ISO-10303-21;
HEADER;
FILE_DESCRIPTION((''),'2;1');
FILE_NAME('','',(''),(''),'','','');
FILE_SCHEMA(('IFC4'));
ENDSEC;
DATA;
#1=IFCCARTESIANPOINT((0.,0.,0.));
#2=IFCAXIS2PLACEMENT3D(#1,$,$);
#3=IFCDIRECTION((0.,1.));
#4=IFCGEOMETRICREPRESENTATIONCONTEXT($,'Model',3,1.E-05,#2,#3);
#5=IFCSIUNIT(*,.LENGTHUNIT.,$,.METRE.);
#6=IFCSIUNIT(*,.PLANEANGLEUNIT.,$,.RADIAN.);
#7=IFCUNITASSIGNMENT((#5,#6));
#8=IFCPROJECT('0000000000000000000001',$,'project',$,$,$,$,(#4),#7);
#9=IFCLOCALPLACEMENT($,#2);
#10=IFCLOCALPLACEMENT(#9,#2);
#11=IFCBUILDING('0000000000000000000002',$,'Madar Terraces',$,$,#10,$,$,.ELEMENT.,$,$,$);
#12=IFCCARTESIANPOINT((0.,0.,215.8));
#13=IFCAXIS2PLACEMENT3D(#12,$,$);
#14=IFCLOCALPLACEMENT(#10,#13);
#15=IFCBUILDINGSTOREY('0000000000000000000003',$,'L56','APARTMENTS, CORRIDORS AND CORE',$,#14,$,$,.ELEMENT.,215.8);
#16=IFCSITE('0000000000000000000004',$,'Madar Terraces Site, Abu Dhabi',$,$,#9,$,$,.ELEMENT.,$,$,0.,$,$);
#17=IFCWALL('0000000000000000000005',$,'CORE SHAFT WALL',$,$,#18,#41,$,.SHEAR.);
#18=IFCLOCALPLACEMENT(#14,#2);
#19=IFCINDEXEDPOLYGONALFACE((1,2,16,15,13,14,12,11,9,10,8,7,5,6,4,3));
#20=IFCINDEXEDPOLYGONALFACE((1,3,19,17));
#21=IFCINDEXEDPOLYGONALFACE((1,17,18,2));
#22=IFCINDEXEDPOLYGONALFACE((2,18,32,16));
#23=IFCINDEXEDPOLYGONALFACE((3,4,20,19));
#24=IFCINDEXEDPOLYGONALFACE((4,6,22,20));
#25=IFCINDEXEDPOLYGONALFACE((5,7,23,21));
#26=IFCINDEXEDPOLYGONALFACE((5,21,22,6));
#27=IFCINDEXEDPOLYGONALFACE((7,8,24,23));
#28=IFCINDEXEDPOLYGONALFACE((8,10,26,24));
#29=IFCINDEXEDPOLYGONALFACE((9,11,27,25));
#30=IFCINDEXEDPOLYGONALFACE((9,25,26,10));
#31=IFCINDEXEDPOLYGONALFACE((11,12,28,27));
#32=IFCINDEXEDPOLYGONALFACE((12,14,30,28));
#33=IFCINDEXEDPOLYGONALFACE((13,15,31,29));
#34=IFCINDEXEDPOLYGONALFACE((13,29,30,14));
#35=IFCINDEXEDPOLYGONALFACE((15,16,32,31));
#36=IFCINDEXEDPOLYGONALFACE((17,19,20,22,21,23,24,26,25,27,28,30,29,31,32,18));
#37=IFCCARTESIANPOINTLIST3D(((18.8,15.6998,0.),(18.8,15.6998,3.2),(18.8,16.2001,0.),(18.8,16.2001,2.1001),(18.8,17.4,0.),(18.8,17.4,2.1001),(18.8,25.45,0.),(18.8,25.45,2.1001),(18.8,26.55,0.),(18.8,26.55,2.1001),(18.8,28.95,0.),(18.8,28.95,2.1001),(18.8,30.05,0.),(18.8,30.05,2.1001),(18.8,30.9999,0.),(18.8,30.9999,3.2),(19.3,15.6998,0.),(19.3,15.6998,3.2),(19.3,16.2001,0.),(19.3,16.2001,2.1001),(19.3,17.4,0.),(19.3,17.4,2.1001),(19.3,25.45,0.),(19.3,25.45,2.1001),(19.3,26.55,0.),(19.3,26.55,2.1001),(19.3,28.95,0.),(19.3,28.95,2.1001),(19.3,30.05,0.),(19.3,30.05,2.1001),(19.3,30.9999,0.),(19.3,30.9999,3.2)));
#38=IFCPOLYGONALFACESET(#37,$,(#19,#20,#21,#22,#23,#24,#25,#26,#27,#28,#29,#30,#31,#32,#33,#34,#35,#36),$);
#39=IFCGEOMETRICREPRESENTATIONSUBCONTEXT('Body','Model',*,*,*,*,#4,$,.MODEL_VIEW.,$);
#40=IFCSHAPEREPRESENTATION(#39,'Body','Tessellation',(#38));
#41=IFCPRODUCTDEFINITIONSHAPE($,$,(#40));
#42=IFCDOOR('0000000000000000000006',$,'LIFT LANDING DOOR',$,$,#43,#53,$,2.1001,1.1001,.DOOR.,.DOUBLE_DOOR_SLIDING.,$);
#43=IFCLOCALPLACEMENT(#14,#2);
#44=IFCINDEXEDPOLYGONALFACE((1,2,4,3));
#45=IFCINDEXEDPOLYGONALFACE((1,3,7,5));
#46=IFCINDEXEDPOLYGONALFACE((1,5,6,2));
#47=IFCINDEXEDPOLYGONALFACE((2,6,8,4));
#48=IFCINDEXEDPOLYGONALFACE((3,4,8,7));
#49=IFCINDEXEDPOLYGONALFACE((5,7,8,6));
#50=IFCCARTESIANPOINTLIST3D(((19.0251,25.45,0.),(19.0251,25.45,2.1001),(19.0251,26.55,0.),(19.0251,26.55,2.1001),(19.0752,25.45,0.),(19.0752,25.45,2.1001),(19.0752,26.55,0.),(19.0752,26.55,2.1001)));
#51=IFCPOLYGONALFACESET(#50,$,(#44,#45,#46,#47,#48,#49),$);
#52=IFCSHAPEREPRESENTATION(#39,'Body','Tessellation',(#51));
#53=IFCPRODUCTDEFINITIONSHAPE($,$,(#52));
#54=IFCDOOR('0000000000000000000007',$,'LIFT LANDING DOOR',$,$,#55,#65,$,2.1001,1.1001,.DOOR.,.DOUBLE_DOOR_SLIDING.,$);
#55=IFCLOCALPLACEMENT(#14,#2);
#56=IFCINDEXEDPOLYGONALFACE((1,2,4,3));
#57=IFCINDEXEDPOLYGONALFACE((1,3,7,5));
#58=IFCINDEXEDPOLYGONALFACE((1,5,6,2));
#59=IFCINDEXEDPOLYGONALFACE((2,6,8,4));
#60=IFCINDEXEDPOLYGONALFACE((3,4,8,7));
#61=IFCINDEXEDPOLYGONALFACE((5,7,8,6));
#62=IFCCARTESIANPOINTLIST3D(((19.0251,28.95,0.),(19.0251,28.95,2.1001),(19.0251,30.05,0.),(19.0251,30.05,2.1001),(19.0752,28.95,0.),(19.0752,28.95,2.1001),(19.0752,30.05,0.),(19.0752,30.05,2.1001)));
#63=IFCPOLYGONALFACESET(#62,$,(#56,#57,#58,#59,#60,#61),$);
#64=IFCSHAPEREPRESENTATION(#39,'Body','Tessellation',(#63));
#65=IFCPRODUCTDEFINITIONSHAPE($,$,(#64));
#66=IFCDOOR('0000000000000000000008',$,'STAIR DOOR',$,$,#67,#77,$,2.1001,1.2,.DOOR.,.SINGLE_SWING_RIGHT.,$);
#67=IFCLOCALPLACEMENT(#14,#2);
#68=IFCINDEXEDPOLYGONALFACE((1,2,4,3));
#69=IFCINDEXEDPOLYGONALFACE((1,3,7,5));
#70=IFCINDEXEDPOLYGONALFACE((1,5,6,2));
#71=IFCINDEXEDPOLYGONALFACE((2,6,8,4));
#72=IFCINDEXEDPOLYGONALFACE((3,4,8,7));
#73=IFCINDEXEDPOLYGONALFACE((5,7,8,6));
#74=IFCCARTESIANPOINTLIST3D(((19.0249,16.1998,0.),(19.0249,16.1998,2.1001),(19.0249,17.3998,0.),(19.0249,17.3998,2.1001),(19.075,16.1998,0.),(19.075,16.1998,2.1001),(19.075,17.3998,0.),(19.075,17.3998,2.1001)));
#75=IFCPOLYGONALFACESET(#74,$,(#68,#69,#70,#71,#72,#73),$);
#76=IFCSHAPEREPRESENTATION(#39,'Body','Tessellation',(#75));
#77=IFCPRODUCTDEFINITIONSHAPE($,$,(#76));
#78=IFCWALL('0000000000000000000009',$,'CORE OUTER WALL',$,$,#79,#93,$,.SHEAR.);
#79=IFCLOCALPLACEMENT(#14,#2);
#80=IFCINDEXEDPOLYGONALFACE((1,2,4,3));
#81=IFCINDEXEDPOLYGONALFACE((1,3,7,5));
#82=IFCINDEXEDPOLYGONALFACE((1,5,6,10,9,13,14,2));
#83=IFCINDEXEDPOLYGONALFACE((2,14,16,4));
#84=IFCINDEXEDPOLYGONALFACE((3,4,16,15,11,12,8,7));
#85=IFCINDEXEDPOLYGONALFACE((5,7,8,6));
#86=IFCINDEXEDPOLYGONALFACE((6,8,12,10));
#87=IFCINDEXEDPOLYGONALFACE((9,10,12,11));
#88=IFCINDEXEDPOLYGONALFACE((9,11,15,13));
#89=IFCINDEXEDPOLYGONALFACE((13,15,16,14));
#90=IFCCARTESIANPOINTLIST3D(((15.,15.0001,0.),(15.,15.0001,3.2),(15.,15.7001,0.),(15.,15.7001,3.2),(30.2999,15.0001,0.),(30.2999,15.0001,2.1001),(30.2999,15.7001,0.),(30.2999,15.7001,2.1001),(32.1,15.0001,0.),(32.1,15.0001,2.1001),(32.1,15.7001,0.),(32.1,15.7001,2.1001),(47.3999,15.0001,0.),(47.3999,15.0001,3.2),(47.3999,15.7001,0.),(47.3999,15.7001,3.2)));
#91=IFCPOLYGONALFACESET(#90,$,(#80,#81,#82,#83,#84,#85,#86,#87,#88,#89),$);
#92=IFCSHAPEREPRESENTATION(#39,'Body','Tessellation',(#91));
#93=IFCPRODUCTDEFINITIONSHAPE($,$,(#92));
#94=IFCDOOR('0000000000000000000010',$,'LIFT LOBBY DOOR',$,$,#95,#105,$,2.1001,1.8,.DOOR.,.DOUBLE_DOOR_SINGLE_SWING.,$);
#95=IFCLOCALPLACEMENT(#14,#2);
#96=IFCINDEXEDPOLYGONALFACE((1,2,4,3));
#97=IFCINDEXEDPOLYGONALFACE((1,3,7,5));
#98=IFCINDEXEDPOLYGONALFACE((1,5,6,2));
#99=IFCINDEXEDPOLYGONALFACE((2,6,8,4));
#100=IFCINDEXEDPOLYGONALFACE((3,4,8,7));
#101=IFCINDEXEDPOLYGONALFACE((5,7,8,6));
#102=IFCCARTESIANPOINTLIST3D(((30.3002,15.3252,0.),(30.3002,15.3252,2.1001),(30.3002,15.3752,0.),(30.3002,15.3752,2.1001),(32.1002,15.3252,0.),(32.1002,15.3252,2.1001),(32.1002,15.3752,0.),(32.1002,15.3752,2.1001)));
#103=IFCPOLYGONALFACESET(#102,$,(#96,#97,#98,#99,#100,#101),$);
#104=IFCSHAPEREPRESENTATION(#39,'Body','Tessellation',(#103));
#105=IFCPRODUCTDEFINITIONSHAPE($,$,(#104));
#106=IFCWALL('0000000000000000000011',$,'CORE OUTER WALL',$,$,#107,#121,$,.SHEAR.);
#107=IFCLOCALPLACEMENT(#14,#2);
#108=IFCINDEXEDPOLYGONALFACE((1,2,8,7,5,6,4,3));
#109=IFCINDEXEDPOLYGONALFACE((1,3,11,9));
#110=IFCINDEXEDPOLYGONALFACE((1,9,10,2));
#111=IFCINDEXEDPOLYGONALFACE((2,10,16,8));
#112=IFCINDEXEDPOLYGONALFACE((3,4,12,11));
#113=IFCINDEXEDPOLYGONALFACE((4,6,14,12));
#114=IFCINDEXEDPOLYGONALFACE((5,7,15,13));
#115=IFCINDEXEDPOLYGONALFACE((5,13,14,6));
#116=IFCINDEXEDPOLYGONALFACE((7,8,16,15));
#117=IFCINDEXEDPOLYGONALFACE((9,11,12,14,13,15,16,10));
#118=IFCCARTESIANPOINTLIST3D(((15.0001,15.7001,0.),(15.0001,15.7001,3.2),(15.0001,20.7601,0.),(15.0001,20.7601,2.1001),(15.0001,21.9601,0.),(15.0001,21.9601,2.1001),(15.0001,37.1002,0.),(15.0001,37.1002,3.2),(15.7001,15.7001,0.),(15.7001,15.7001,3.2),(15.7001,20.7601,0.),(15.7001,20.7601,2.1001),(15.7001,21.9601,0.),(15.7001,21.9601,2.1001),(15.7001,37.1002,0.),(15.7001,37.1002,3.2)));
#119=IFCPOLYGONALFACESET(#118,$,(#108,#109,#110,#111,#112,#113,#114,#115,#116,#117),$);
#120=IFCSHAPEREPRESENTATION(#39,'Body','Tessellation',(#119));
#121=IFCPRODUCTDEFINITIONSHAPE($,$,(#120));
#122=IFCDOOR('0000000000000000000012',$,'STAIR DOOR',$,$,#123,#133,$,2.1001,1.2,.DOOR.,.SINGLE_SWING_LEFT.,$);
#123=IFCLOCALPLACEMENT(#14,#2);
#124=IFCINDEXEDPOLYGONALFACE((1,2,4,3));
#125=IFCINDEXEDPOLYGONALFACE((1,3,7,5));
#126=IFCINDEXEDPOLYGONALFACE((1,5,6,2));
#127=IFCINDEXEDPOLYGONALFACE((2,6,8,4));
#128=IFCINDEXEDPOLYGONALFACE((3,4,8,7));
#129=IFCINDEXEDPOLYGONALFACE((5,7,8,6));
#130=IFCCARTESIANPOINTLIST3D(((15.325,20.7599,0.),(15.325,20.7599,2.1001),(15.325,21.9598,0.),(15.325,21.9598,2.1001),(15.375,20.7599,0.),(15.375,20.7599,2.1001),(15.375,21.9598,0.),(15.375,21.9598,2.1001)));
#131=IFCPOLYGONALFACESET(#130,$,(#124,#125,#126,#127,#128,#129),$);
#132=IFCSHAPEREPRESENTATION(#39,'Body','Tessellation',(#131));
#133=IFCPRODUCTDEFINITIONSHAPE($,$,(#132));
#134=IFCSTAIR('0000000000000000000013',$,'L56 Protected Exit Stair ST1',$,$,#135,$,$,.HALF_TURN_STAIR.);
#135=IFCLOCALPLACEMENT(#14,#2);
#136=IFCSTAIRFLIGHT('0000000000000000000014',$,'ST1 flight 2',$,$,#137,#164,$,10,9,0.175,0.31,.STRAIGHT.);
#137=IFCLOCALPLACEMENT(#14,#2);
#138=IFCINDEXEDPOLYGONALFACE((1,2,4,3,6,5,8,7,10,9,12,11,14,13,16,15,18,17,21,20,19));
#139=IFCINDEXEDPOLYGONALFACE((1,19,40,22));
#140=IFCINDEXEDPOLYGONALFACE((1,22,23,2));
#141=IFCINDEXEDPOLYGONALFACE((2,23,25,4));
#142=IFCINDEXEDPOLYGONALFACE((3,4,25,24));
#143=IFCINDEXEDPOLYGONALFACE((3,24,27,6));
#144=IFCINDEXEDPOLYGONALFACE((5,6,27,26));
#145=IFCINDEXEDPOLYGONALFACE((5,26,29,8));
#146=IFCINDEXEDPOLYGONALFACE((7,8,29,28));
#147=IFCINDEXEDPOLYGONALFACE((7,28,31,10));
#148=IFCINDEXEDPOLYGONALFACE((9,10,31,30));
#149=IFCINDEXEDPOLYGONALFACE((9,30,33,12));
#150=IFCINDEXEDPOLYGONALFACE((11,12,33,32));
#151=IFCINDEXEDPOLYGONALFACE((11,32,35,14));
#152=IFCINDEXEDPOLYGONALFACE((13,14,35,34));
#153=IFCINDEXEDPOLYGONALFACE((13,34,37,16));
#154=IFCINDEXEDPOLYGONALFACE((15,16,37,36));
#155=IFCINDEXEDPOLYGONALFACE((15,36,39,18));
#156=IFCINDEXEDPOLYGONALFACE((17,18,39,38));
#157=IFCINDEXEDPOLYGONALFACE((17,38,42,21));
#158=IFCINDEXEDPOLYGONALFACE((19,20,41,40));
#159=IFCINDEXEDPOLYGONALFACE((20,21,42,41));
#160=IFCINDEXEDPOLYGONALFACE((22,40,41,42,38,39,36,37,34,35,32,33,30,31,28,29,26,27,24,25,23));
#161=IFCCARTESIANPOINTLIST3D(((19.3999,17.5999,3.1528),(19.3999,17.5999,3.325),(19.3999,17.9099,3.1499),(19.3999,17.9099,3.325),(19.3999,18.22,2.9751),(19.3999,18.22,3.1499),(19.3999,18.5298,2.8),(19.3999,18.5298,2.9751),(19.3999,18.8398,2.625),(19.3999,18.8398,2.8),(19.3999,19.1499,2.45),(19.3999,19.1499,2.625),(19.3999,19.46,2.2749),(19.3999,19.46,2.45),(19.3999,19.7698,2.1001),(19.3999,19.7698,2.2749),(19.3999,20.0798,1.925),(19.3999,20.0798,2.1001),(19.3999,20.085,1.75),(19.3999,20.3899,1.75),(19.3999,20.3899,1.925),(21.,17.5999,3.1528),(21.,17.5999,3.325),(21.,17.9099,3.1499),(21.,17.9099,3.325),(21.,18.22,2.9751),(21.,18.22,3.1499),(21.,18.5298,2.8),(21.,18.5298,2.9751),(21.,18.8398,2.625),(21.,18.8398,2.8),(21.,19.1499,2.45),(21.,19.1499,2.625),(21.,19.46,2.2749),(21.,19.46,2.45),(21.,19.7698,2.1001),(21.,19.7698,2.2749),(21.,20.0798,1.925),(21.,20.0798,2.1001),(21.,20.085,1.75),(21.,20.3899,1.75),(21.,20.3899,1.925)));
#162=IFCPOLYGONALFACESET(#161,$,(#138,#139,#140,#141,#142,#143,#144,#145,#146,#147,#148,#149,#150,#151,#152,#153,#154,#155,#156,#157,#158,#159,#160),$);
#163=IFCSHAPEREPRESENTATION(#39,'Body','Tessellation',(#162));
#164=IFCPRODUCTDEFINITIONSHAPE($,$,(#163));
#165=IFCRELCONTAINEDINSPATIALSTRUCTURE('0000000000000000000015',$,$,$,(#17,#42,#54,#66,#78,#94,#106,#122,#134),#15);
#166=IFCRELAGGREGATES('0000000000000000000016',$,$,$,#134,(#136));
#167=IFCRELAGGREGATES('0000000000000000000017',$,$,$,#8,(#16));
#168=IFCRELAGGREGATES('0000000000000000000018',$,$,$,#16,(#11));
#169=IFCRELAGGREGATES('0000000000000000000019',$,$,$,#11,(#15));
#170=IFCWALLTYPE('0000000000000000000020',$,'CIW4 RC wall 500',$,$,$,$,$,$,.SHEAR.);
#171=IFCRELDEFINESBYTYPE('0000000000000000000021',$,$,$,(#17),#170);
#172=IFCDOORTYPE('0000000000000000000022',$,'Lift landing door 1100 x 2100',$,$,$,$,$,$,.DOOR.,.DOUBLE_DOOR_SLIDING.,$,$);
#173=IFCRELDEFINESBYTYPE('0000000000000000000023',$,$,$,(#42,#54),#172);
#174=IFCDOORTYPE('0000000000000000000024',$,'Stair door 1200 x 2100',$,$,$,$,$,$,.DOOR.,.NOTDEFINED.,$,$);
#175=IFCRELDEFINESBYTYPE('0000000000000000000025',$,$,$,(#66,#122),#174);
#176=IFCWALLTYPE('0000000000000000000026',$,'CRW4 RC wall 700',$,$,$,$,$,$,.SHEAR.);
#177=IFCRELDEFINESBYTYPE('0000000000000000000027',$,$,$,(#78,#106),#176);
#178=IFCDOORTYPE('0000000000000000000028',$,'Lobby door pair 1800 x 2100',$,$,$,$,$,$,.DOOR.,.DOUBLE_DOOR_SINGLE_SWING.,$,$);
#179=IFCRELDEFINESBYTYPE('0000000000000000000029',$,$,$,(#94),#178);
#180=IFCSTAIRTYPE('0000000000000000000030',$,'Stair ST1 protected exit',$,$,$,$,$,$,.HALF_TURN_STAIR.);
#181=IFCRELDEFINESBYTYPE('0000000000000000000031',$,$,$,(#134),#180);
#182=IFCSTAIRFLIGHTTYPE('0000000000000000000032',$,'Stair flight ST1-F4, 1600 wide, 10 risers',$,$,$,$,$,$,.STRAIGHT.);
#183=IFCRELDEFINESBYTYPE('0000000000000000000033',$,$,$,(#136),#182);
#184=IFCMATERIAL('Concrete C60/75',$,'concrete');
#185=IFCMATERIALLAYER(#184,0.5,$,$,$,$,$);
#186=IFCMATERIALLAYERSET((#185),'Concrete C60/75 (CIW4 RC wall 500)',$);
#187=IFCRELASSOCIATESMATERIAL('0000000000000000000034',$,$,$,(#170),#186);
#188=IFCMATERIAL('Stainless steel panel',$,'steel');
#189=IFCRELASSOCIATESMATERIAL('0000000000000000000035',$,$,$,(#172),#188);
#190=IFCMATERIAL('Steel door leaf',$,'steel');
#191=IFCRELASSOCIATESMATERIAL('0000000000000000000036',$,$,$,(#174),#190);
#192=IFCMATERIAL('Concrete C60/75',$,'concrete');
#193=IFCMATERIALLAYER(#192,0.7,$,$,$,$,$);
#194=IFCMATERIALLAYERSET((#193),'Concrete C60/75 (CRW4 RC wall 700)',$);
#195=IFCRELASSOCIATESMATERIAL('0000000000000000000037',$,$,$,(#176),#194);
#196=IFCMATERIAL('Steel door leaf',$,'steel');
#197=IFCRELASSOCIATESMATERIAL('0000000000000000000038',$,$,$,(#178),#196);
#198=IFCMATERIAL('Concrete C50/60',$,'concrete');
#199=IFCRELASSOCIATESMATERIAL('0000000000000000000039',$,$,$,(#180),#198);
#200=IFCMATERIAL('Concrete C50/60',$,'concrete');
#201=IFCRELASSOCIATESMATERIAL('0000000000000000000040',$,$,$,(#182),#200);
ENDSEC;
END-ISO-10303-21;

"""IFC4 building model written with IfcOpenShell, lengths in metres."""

from ifc_helpers import new_model, si_unit, direction, frame, frame_2d, origin, place, context, subcontext, project, spatial, polyline, rectangle, outline, extrude, material, layer, layer_set, type_object, element, fill, aggregate, save


model = new_model("IFC4")

# Units and contexts
model_context = context("Model", 3, precision=1e-05, world=origin(), true_north=direction((0.0, 1.0)))
body_context = subcontext(model_context, "Body", "Model", "MODEL_VIEW")
ifc_project = project(units=[si_unit("LENGTHUNIT", "METRE"), si_unit("PLANEANGLEUNIT", "RADIAN")], contexts=[model_context])

# Site, building, storey
site_placement = place(None, origin())
site = spatial("IfcSite", under=ifc_project, at=site_placement, Name="Madar Terraces Site, Abu Dhabi", CompositionType="ELEMENT", RefElevation=0.0)
building_placement = place(site_placement, origin())
building = spatial("IfcBuilding", under=site, at=building_placement, Name="Madar Terraces", CompositionType="ELEMENT")
storey_placement = place(building_placement, frame((0.0, 0.0, 215.8)))
storey = spatial("IfcBuildingStorey", under=building, at=storey_placement, Name="L56", Description="APARTMENTS, CORRIDORS AND CORE", CompositionType="ELEMENT", Elevation=215.8)

# Wall, openings, doors
ifc_material_1 = material(Name="Concrete C60/75", Category="concrete")
ifc_layer_1 = layer(ifc_material_1, 0.5)
ifc_layer_set_1 = layer_set([ifc_layer_1], Name="Concrete C60/75 (CIW4 RC wall 500)")
wall_type_1 = type_object("IfcWallType", Name="CIW4 RC wall 500", PredefinedType="SHEAR", material=ifc_layer_set_1)
wall_1_placement = place(storey_placement, frame((19.05, 15.7, 0.0), z_axis=(0.0, 0.0, 1.0), x_axis=(0.0, 1.0, 0.0)))
wall_1 = element("IfcWall", 1, at=wall_1_placement, inside=storey, type_object=wall_type_1, Name="CORE SHAFT WALL", PredefinedType="SHEAR", context=body_context, shape_type="SweptSolid", body=[
    extrude(rectangle(XDim=15.3, YDim=0.5, at=frame_2d((7.6499, 0.0))), origin(), (0.0, 0.0, 1.0), 3.2),
])
opening_1_placement = place(wall_1_placement, frame((9.75, 0.0, 0.0)))
opening_1 = element("IfcOpeningElement", 2, at=opening_1_placement, cuts=wall_1, PredefinedType="OPENING", context=body_context, shape_type="SweptSolid", body=[
    extrude(rectangle(XDim=1.1001, YDim=2.1001, at=frame_2d((0.55, 1.05))), frame((0.0, 0.26, 0.0), z_axis=(0.0, -1.0, 0.0), x_axis=(1.0, 0.0, 0.0)), (0.0, 0.0, 1.0), 0.52),
])
opening_2_placement = place(wall_1_placement, frame((13.25, 0.0, 0.0)))
opening_2 = element("IfcOpeningElement", 3, at=opening_2_placement, cuts=wall_1, PredefinedType="OPENING", context=body_context, shape_type="SweptSolid", body=[
    extrude(rectangle(XDim=1.1001, YDim=2.1001, at=frame_2d((0.55, 1.05))), frame((0.0, 0.26, 0.0), z_axis=(0.0, -1.0, 0.0), x_axis=(1.0, 0.0, 0.0)), (0.0, 0.0, 1.0), 0.52),
])
opening_3_placement = place(wall_1_placement, frame((0.5, 0.0, 0.0)))
opening_3 = element("IfcOpeningElement", 4, at=opening_3_placement, cuts=wall_1, PredefinedType="OPENING", context=body_context, shape_type="SweptSolid", body=[
    extrude(rectangle(XDim=1.2, YDim=2.1001, at=frame_2d((0.6001, 1.05))), frame((0.0, 0.26, 0.0), z_axis=(0.0, -1.0, 0.0), x_axis=(1.0, 0.0, 0.0)), (0.0, 0.0, 1.0), 0.52),
])
ifc_material_2 = material(Name="Stainless steel panel", Category="steel")
door_type_1 = type_object("IfcDoorType", Name="Lift landing door 1100 x 2100", OperationType="DOUBLE_DOOR_SLIDING", PredefinedType="DOOR", material=ifc_material_2)
door_1_placement = place(opening_1_placement, origin())
door_1 = element("IfcDoor", 5, at=door_1_placement, inside=storey, type_object=door_type_1, Name="LIFT LANDING DOOR", OperationType="DOUBLE_DOOR_SLIDING", OverallHeight=2.1001, OverallWidth=1.1001, PredefinedType="DOOR", context=body_context, shape_type="SweptSolid", body=[
    extrude(rectangle(XDim=1.1001, YDim=2.1001, at=frame_2d((0.55, 1.05))), frame((0.0, 0.0249, 0.0), z_axis=(0.0, -1.0, 0.0), x_axis=(1.0, 0.0, 0.0)), (0.0, 0.0, 1.0), 0.05),
])
fill(opening_1, door_1)
door_2_placement = place(opening_2_placement, origin())
door_2 = element("IfcDoor", 6, at=door_2_placement, inside=storey, type_object=door_type_1, Name="LIFT LANDING DOOR", OperationType="DOUBLE_DOOR_SLIDING", OverallHeight=2.1001, OverallWidth=1.1001, PredefinedType="DOOR", context=body_context, shape_type="SweptSolid", body=[
    extrude(rectangle(XDim=1.1001, YDim=2.1001, at=frame_2d((0.55, 1.05))), frame((0.0, 0.0249, 0.0), z_axis=(0.0, -1.0, 0.0), x_axis=(1.0, 0.0, 0.0)), (0.0, 0.0, 1.0), 0.05),
])
fill(opening_2, door_2)
ifc_material_3 = material(Name="Steel door leaf", Category="steel")
door_type_2 = type_object("IfcDoorType", Name="Stair door 1200 x 2100", OperationType="NOTDEFINED", PredefinedType="DOOR", material=ifc_material_3)
door_3_placement = place(opening_3_placement, frame((1.2, 0.0, 0.0), z_axis=(0.0, 0.0, 1.0), x_axis=(-1.0, 0.0, 0.0)))
door_3 = element("IfcDoor", 7, at=door_3_placement, inside=storey, type_object=door_type_2, Name="STAIR DOOR", OperationType="SINGLE_SWING_RIGHT", OverallHeight=2.1001, OverallWidth=1.2, PredefinedType="DOOR", context=body_context, shape_type="SweptSolid", body=[
    extrude(rectangle(XDim=1.2, YDim=2.1001, at=frame_2d((0.6001, 1.05))), frame((0.0, 0.0249, 0.0), z_axis=(0.0, -1.0, 0.0), x_axis=(1.0, 0.0, 0.0)), (0.0, 0.0, 1.0), 0.05),
])
fill(opening_3, door_3)

# Walls, openings, doors
ifc_material_4 = material(Name="Concrete C60/75", Category="concrete")
ifc_layer_2 = layer(ifc_material_4, 0.7)
ifc_layer_set_2 = layer_set([ifc_layer_2], Name="Concrete C60/75 (CRW4 RC wall 700)")
wall_type_2 = type_object("IfcWallType", Name="CRW4 RC wall 700", PredefinedType="SHEAR", material=ifc_layer_set_2)
wall_2_placement = place(storey_placement, frame((15.0, 15.3501, 0.0), z_axis=(0.0, 0.0, 1.0), x_axis=(1.0, 0.0, 0.0)))
wall_2 = element("IfcWall", 8, at=wall_2_placement, inside=storey, type_object=wall_type_2, Name="CORE OUTER WALL", PredefinedType="SHEAR", context=body_context, shape_type="SweptSolid", body=[
    extrude(rectangle(XDim=32.3999, YDim=0.7, at=frame_2d((16.2, 0.0))), origin(), (0.0, 0.0, 1.0), 3.2),
])
opening_4_placement = place(wall_2_placement, frame((15.3, 0.0, 0.0)))
opening_4 = element("IfcOpeningElement", 9, at=opening_4_placement, cuts=wall_2, PredefinedType="OPENING", context=body_context, shape_type="SweptSolid", body=[
    extrude(rectangle(XDim=1.8, YDim=2.1001, at=frame_2d((0.8999, 1.05))), frame((0.0, 0.3599, 0.0), z_axis=(0.0, -1.0, 0.0), x_axis=(1.0, 0.0, 0.0)), (0.0, 0.0, 1.0), 0.72),
])
ifc_material_5 = material(Name="Steel door leaf", Category="steel")
door_type_3 = type_object("IfcDoorType", Name="Lobby door pair 1800 x 2100", OperationType="DOUBLE_DOOR_SINGLE_SWING", PredefinedType="DOOR", material=ifc_material_5)
door_4_placement = place(opening_4_placement, frame((1.8, 0.0, 0.0), z_axis=(0.0, 0.0, 1.0), x_axis=(-1.0, 0.0, 0.0)))
door_4 = element("IfcDoor", 10, at=door_4_placement, inside=storey, type_object=door_type_3, Name="LIFT LOBBY DOOR", OperationType="DOUBLE_DOOR_SINGLE_SWING", OverallHeight=2.1001, OverallWidth=1.8, PredefinedType="DOOR", context=body_context, shape_type="SweptSolid", body=[
    extrude(rectangle(XDim=1.8, YDim=2.1001, at=frame_2d((0.8999, 1.05))), frame((0.0, 0.0249, 0.0), z_axis=(0.0, -1.0, 0.0), x_axis=(1.0, 0.0, 0.0)), (0.0, 0.0, 1.0), 0.05),
])
fill(opening_4, door_4)
wall_3_placement = place(storey_placement, frame((15.3501, 15.7, 0.0), z_axis=(0.0, 0.0, 1.0), x_axis=(0.0, 1.0, 0.0)))
wall_3 = element("IfcWall", 11, at=wall_3_placement, inside=storey, type_object=wall_type_2, Name="CORE OUTER WALL", PredefinedType="SHEAR", context=body_context, shape_type="SweptSolid", body=[
    extrude(rectangle(XDim=21.4001, YDim=0.7, at=frame_2d((10.7002, 0.0))), origin(), (0.0, 0.0, 1.0), 3.2),
])
opening_5_placement = place(wall_3_placement, frame((5.0601, 0.0, 0.0)))
opening_5 = element("IfcOpeningElement", 12, at=opening_5_placement, cuts=wall_3, PredefinedType="OPENING", context=body_context, shape_type="SweptSolid", body=[
    extrude(rectangle(XDim=1.2, YDim=2.1001, at=frame_2d((0.6001, 1.05))), frame((0.0, 0.3599, 0.0), z_axis=(0.0, -1.0, 0.0), x_axis=(1.0, 0.0, 0.0)), (0.0, 0.0, 1.0), 0.72),
])
door_5_placement = place(opening_5_placement, frame((1.2, 0.0, 0.0), z_axis=(0.0, 0.0, 1.0), x_axis=(-1.0, 0.0, 0.0)))
door_5 = element("IfcDoor", 13, at=door_5_placement, inside=storey, type_object=door_type_2, Name="STAIR DOOR", OperationType="SINGLE_SWING_LEFT", OverallHeight=2.1001, OverallWidth=1.2, PredefinedType="DOOR", context=body_context, shape_type="SweptSolid", body=[
    extrude(rectangle(XDim=1.2, YDim=2.1001, at=frame_2d((0.6001, 1.05))), frame((0.0, 0.0249, 0.0), z_axis=(0.0, -1.0, 0.0), x_axis=(1.0, 0.0, 0.0)), (0.0, 0.0, 1.0), 0.05),
])
fill(opening_5, door_5)

# Stair, stair flight
ifc_material_6 = material(Name="Concrete C50/60", Category="concrete")
stair_type = type_object("IfcStairType", Name="Stair ST1 protected exit", PredefinedType="HALF_TURN_STAIR", material=ifc_material_6)
stair_placement = place(storey_placement, origin())
stair = element("IfcStair", 14, at=stair_placement, inside=storey, type_object=stair_type, Name="L56 Protected Exit Stair ST1", PredefinedType="HALF_TURN_STAIR")
ifc_material_7 = material(Name="Concrete C50/60", Category="concrete")
stair_flight_type = type_object("IfcStairFlightType", Name="Stair flight ST1-F4, 1600 wide, 10 risers", PredefinedType="STRAIGHT", material=ifc_material_7)
stair_flight_placement = place(storey_placement, frame((20.2, 20.3899, 1.75), z_axis=(0.0, 0.0, 1.0), x_axis=(0.0, -1.0, 0.0)))
stair_flight = element("IfcStairFlight", 15, at=stair_flight_placement, type_object=stair_flight_type, Name="ST1 flight 2", NumberOfRisers=10, NumberOfTreads=9, PredefinedType="STRAIGHT", RiserHeight=0.175, TreadLength=0.31, context=body_context, shape_type="SweptSolid", body=[
    extrude(outline(polyline([(0.0, 0.0), (0.0, 0.175), (0.3101, 0.175), (0.3101, 0.3501), (0.6201, 0.3501), (0.6201, 0.5249), (0.9299, 0.5249), (0.9299, 0.7), (1.24, 0.7), (1.24, 0.875), (1.55, 0.875), (1.55, 1.05), (1.8601, 1.05), (1.8601, 1.2251), (2.1699, 1.2251), (2.1699, 1.3999), (2.48, 1.3999), (2.48, 1.575), (2.79, 1.575), (2.79, 1.75), (2.79, 1.4028), (0.3049, 0.0), (0.0, 0.0)])), frame((0.0, 0.8, 0.0), z_axis=(0.0, -1.0, 0.0), x_axis=(1.0, 0.0, 0.0)), (0.0, 0.0, 1.0), 1.6001),
])
aggregate(stair, [stair_flight])

save(model, "model.ifc")
